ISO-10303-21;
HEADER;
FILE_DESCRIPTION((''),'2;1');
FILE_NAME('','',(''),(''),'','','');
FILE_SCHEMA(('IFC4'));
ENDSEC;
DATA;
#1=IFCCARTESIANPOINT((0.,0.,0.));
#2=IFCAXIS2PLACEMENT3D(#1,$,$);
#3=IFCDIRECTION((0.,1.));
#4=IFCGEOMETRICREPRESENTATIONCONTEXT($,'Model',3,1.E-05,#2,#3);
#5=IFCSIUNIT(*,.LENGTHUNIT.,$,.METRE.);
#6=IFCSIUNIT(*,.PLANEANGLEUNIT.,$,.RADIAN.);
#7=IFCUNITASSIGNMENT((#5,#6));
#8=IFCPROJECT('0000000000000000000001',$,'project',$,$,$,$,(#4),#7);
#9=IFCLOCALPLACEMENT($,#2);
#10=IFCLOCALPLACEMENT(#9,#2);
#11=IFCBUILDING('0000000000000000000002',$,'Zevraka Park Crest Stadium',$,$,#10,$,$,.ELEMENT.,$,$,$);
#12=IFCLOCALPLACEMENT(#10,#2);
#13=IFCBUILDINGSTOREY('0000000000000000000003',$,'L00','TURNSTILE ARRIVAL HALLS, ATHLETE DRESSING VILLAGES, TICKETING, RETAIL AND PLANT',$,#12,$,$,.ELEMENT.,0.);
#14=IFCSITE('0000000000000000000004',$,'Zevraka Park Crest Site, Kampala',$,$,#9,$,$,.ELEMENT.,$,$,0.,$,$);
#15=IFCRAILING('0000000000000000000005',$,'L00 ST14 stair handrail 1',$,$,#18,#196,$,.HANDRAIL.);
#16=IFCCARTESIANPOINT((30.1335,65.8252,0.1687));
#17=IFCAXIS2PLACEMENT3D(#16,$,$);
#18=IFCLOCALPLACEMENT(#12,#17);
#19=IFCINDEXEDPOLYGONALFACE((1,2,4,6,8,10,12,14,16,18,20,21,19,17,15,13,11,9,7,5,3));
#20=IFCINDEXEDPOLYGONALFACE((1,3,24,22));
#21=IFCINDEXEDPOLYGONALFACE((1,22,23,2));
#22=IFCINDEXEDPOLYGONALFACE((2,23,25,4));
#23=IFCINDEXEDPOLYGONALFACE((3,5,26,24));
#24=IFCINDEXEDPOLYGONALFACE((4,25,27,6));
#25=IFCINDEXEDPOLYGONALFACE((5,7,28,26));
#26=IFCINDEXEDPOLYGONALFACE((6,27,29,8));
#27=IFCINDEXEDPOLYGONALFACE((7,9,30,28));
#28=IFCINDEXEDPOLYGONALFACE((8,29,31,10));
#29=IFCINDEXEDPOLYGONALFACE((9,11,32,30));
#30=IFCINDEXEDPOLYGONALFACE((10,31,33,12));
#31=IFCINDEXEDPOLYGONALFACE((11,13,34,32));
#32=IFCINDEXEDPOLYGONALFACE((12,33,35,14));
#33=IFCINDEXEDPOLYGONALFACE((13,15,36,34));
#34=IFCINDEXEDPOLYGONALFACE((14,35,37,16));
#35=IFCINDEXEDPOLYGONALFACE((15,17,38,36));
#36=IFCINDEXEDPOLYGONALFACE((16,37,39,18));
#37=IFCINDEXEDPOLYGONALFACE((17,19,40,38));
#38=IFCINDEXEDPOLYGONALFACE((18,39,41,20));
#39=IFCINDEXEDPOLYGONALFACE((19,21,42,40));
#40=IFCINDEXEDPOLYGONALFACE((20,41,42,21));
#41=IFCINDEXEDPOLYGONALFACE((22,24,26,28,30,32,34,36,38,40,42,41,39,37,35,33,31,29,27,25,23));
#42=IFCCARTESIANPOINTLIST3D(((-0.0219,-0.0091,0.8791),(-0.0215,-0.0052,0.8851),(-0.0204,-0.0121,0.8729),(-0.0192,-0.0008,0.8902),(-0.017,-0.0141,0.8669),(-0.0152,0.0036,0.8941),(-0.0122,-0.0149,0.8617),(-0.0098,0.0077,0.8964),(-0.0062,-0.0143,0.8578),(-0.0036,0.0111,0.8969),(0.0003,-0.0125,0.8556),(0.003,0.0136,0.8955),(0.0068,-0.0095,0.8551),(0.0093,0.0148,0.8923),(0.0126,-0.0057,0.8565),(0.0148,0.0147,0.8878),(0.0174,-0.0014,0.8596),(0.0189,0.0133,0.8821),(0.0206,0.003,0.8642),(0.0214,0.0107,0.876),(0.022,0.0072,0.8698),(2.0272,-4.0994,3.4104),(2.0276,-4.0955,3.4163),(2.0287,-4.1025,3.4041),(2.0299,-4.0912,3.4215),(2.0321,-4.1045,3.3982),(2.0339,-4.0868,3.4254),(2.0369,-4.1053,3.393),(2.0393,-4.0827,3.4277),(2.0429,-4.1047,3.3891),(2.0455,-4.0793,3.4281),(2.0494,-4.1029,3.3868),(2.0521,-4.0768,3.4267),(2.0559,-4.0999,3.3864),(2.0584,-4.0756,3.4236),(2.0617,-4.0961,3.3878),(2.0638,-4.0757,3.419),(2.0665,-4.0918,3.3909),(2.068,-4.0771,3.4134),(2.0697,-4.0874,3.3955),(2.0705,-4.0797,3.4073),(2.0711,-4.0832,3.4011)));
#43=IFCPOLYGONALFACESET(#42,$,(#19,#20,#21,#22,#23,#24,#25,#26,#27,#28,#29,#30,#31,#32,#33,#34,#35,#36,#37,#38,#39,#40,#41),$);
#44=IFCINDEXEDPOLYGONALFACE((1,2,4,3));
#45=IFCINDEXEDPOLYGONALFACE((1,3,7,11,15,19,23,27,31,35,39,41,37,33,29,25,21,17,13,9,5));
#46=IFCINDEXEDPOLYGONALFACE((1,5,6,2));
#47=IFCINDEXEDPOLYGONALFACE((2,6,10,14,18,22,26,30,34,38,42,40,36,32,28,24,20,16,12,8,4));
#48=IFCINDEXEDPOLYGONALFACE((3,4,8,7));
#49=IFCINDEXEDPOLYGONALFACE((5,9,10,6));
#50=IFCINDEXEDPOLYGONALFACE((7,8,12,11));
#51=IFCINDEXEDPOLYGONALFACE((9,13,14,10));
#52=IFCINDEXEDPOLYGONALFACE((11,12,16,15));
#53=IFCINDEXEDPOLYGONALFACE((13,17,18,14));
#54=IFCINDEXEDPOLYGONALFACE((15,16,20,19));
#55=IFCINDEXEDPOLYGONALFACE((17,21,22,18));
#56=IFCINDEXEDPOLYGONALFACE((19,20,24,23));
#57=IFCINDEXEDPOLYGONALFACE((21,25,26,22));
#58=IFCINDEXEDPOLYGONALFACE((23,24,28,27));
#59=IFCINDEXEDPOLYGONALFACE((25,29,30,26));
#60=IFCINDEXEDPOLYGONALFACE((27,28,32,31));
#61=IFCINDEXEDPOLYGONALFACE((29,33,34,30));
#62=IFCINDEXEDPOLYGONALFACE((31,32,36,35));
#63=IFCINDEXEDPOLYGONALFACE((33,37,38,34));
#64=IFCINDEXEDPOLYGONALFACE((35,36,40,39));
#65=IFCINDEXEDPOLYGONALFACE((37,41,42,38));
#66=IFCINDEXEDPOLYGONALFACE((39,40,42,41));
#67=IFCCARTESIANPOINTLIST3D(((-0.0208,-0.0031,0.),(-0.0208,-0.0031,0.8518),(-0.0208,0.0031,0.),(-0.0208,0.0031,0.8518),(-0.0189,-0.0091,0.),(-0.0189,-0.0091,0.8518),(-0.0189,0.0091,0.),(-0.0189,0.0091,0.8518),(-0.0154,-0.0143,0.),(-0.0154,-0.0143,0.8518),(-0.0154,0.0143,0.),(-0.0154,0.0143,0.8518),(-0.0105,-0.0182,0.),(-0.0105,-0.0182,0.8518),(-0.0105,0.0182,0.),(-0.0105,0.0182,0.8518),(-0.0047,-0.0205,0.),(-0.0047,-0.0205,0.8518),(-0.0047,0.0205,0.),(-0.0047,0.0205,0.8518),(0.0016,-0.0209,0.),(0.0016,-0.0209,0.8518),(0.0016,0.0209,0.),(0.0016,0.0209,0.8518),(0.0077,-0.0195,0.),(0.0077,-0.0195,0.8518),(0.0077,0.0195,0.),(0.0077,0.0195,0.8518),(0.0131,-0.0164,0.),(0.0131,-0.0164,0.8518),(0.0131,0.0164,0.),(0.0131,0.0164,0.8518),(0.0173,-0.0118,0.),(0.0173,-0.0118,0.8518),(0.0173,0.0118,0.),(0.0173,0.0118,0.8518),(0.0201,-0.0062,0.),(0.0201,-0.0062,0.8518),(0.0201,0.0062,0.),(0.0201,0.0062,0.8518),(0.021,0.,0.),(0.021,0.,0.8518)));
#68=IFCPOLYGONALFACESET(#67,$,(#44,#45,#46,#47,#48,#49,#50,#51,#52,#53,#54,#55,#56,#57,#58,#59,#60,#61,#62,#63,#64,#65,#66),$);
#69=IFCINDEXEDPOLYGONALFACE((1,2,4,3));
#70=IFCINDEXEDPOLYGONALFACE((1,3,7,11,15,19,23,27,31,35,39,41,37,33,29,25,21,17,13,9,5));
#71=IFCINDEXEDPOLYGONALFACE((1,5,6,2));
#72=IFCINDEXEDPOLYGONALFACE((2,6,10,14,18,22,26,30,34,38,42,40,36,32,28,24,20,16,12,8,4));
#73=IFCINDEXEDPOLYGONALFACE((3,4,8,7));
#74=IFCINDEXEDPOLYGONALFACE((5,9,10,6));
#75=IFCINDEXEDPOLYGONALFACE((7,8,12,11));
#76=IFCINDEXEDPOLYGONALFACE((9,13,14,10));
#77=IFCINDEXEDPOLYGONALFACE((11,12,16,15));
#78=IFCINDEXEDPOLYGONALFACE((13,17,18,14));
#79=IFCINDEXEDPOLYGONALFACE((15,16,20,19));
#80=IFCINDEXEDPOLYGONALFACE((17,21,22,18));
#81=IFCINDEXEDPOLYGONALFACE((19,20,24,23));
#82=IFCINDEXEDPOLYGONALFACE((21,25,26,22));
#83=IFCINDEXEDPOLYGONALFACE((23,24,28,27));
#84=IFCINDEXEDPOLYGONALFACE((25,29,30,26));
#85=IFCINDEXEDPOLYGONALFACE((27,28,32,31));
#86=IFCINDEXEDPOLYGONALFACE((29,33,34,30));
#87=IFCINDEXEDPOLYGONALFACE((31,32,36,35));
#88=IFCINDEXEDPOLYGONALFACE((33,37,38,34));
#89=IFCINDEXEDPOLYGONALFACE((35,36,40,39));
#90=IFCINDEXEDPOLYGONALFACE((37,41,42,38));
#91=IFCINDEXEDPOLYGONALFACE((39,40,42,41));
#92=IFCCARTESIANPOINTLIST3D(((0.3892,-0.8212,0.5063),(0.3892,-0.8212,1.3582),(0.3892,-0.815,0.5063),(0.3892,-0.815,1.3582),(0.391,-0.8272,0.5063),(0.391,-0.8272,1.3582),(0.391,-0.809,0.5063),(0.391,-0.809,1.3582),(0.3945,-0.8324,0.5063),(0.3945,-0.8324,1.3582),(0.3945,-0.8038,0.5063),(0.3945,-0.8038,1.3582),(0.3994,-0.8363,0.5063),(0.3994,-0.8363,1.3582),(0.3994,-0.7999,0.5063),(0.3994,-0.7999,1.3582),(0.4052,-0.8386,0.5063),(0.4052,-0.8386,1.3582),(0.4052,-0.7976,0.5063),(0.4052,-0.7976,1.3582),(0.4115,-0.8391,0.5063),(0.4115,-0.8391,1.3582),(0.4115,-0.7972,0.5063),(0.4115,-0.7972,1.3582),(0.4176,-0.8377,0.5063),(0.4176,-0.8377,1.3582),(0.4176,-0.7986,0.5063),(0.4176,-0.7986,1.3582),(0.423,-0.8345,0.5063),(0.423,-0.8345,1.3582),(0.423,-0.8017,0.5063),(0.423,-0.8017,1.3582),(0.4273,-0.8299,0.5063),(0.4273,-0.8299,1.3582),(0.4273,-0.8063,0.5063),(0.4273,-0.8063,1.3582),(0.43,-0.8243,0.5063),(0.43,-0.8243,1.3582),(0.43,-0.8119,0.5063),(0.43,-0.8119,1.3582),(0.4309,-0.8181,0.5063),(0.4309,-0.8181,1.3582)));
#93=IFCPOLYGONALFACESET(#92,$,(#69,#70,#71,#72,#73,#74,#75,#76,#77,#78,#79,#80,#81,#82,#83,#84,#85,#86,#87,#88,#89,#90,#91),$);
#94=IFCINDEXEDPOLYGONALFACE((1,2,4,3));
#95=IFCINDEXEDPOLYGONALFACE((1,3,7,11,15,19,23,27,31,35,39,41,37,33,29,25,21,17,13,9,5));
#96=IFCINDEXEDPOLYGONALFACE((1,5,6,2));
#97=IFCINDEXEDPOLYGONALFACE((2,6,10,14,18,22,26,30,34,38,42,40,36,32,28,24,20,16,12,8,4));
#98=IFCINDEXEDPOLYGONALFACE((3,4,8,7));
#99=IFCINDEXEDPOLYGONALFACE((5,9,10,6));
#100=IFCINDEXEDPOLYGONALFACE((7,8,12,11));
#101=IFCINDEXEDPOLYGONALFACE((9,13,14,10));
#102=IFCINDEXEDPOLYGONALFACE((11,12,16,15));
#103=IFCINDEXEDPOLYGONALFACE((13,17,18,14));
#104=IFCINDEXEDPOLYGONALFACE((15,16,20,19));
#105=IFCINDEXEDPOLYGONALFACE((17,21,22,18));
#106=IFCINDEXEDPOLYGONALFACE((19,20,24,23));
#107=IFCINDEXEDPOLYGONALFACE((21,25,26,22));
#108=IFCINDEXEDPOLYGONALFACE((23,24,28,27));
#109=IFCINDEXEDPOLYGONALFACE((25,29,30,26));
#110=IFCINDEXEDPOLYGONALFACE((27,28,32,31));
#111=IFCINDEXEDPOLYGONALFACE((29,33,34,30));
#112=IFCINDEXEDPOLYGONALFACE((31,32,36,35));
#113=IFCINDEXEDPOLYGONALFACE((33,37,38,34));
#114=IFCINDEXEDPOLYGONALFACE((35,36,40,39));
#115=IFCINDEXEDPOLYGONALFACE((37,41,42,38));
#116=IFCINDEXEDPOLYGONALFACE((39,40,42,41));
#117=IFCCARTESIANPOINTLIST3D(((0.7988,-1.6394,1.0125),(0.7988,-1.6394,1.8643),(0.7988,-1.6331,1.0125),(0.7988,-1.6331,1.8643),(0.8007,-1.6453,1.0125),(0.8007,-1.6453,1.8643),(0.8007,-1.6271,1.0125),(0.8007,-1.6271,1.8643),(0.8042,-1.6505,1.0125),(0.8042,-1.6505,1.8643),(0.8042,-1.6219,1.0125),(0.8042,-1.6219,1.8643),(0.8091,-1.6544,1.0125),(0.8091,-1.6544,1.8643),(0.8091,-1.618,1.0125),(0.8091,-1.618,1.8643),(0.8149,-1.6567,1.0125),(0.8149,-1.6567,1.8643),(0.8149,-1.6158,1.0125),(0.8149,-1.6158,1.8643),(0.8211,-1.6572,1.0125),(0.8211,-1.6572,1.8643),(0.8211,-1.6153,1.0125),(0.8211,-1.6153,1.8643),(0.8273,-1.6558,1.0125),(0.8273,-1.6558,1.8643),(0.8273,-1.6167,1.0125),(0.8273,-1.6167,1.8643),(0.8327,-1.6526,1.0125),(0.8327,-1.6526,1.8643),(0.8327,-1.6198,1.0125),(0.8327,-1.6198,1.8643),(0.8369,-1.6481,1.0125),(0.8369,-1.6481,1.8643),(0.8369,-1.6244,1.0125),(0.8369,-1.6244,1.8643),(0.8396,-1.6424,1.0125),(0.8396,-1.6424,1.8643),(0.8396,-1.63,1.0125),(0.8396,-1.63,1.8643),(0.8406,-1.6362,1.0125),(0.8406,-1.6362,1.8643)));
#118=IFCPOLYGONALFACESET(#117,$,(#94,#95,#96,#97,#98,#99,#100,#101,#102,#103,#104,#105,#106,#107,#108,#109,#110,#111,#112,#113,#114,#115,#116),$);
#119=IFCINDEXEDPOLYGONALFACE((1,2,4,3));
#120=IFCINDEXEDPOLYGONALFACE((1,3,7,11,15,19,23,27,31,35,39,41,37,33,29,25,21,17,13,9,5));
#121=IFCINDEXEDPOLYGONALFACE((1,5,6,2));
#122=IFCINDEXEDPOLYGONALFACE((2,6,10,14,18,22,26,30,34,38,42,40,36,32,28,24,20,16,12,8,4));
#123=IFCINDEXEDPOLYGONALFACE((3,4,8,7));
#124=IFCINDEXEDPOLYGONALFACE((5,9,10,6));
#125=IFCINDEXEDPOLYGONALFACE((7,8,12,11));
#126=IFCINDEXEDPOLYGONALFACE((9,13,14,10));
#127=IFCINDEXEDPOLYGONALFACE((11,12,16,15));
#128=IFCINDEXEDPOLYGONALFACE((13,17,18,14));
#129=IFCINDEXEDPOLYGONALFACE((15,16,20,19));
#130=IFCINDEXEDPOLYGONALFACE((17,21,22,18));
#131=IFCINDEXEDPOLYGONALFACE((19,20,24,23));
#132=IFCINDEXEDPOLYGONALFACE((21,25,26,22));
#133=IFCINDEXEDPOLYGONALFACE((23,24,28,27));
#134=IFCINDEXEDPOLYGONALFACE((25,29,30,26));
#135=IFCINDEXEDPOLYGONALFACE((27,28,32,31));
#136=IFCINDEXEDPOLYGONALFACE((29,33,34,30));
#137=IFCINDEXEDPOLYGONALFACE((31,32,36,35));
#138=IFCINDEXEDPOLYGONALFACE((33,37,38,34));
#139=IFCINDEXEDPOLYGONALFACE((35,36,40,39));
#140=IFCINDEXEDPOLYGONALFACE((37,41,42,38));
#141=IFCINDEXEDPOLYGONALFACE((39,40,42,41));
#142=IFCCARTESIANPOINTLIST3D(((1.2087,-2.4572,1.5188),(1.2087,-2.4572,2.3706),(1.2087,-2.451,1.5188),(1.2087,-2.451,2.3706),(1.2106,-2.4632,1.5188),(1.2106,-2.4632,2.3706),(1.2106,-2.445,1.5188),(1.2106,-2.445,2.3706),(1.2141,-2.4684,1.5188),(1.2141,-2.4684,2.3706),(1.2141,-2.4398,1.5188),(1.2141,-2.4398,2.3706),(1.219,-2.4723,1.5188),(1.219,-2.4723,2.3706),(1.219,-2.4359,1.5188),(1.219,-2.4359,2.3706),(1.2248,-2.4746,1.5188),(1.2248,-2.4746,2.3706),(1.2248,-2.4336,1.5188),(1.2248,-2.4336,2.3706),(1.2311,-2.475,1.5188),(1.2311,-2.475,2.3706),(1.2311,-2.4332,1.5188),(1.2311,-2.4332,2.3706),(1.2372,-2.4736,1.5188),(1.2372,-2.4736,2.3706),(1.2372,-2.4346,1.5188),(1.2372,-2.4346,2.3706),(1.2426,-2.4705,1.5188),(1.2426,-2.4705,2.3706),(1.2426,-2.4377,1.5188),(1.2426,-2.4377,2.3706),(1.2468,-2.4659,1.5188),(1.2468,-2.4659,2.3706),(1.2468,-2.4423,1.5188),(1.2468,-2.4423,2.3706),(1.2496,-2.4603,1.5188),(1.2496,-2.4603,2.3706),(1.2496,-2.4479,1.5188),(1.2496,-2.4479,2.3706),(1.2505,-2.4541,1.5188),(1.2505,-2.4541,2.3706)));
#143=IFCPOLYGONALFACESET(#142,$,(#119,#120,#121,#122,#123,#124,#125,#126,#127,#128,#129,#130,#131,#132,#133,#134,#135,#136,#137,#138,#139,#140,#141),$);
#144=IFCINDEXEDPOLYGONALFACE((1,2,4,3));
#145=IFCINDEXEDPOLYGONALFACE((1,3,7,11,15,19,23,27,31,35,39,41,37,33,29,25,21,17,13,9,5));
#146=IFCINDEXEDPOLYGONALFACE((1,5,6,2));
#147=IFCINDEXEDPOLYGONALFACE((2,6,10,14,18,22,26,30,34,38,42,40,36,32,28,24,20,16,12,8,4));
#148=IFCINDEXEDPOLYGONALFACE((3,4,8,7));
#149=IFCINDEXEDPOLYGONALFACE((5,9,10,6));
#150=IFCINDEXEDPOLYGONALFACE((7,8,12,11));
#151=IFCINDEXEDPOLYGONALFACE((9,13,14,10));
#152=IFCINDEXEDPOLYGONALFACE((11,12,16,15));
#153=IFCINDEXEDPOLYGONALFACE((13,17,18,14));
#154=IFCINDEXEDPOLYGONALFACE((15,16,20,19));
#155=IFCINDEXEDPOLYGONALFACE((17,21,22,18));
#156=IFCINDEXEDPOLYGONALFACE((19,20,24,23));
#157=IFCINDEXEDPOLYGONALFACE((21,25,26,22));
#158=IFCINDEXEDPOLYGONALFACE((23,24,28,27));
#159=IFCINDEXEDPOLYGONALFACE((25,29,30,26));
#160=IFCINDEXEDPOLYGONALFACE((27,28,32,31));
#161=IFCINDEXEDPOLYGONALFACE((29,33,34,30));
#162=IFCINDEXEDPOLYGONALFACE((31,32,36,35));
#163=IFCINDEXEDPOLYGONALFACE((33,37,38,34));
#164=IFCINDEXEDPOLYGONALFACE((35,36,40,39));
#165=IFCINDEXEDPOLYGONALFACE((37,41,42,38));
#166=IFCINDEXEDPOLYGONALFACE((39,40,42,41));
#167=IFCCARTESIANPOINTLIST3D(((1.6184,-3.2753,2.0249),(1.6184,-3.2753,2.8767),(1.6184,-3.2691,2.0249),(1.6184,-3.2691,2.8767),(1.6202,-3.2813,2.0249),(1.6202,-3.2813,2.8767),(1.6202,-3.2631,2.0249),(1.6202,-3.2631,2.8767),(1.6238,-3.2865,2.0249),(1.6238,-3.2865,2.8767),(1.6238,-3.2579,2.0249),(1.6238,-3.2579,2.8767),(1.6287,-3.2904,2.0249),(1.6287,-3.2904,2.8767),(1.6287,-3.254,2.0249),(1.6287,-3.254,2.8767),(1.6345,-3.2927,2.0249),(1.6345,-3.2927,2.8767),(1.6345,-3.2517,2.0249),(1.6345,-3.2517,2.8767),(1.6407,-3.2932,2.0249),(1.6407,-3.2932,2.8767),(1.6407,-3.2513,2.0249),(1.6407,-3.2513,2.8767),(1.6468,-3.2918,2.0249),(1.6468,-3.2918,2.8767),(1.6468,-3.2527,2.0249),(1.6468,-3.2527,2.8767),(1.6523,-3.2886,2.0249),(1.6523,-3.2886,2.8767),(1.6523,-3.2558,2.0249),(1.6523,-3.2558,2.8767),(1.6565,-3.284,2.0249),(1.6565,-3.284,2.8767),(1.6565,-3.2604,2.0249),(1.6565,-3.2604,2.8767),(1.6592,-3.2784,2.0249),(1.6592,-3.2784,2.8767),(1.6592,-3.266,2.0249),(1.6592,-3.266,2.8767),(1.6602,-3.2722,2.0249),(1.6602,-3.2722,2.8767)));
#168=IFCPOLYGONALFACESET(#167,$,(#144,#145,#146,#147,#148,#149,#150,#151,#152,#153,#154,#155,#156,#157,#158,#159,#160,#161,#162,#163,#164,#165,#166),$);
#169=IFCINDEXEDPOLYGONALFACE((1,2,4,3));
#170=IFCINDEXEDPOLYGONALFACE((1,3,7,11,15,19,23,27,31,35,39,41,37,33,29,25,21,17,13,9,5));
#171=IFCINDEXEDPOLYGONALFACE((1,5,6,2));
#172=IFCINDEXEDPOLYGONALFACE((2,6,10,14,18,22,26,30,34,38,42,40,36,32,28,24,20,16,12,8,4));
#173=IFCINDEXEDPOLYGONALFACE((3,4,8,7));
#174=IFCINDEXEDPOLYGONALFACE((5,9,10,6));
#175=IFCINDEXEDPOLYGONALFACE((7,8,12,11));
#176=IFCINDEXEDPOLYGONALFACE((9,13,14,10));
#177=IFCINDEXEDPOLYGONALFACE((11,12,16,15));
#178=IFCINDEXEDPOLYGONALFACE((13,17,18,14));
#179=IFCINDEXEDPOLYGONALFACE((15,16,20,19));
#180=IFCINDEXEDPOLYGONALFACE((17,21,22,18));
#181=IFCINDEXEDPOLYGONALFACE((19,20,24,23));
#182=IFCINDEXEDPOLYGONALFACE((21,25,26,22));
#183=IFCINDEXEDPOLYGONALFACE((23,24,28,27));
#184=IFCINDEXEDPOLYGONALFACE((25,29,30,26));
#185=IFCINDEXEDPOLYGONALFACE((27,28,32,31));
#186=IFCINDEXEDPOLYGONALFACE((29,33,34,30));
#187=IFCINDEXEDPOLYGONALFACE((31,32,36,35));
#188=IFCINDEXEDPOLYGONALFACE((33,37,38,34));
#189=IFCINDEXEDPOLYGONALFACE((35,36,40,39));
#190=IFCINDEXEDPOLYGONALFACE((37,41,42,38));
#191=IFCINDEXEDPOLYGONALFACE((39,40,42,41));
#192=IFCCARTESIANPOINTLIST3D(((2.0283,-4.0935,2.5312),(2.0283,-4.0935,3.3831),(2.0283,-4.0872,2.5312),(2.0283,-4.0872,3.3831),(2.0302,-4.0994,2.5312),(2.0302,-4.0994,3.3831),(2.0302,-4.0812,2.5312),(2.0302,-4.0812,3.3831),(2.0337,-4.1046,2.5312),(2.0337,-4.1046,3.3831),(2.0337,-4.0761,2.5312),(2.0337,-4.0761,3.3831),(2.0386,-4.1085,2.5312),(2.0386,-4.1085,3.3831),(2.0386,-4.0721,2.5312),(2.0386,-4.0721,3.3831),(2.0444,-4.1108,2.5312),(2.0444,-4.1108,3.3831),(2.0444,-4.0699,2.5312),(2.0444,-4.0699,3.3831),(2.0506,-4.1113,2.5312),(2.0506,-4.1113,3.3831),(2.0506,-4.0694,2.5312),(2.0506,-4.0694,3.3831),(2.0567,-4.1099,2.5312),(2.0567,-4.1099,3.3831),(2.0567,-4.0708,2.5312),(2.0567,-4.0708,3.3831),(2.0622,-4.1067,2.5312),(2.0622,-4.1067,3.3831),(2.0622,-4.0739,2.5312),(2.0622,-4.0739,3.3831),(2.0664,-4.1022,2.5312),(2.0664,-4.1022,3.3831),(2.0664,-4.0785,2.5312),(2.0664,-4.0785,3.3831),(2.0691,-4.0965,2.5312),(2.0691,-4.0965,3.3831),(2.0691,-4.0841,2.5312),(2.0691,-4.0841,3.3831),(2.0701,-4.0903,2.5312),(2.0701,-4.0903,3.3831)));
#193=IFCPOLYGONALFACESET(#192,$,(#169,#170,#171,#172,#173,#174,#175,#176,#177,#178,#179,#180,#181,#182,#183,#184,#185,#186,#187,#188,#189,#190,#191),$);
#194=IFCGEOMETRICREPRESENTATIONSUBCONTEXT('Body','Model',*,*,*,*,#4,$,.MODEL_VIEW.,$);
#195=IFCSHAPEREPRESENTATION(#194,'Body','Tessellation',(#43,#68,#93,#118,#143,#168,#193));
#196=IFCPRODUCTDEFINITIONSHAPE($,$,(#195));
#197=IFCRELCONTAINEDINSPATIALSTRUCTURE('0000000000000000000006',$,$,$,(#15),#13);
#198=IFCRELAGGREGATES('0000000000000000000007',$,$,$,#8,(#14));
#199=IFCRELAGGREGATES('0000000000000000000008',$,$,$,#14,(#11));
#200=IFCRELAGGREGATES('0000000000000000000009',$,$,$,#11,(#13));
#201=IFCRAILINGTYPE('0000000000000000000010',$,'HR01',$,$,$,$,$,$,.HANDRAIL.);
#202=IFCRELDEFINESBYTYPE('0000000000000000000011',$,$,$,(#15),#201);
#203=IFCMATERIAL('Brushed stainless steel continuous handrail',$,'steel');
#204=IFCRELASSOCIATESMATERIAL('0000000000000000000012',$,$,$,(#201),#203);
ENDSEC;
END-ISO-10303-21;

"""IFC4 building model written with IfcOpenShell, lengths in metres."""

from ifc_helpers import new_model, si_unit, direction, frame, origin, origin_2d, place, context, subcontext, project, spatial, circle, extrude, material, type_object, element, save


model = new_model("IFC4")

# Units and contexts
model_context = context("Model", 3, precision=1e-05, world=origin(), true_north=direction((0.0, 1.0)))
body_context = subcontext(model_context, "Body", "Model", "MODEL_VIEW")
ifc_project = project(units=[si_unit("LENGTHUNIT", "METRE"), si_unit("PLANEANGLEUNIT", "RADIAN")], contexts=[model_context])

# Site, building, storey
site_placement = place(None, origin())
site = spatial("IfcSite", under=ifc_project, at=site_placement, Name="Zevraka Park Crest Site, Kampala", CompositionType="ELEMENT", RefElevation=0.0)
building_placement = place(site_placement, origin())
building = spatial("IfcBuilding", under=site, at=building_placement, Name="Zevraka Park Crest Stadium", CompositionType="ELEMENT")
storey_placement = place(building_placement, origin())
storey = spatial("IfcBuildingStorey", under=building, at=storey_placement, Name="L00", Description="TURNSTILE ARRIVAL HALLS, ATHLETE DRESSING VILLAGES, TICKETING, RETAIL AND PLANT", CompositionType="ELEMENT", Elevation=0.0)

# Railing
ifc_material_1 = material(Name="Brushed stainless steel continuous handrail", Category="steel")
railing_type_1 = type_object("IfcRailingType", Name="HR01", PredefinedType="HANDRAIL", material=ifc_material_1)
railing_1_placement = place(storey_placement, frame((30.1335, 65.8252, 0.1687)))
element("IfcRailing", 1, at=railing_1_placement, inside=storey, type_object=railing_type_1, Name="L00 ST14 stair handrail 1", PredefinedType="HANDRAIL", context=body_context, shape_type="SweptSolid", body=[
    extrude(circle(Radius=0.0239, at=origin_2d()), frame((0.0, 0.0, 0.876), z_axis=(0.391908, -0.782321, 0.48413), x_axis=(0.894085, 0.447897, 0.0)), (0.0, 0.0, 1.0), 5.2285),
    extrude(circle(Radius=0.021, at=origin_2d()), origin(), (0.0, 0.0, 1.0), 0.8518),
    extrude(circle(Radius=0.021, at=origin_2d()), frame((0.4099, -0.8181, 0.5063)), (0.0, 0.0, 1.0), 0.8518),
    extrude(circle(Radius=0.021, at=origin_2d()), frame((0.8196, -1.6362, 1.0125)), (0.0, 0.0, 1.0), 0.8518),
    extrude(circle(Radius=0.021, at=origin_2d()), frame((1.2295, -2.4541, 1.5188)), (0.0, 0.0, 1.0), 0.8518),
    extrude(circle(Radius=0.021, at=origin_2d()), frame((1.6392, -3.2722, 2.0249)), (0.0, 0.0, 1.0), 0.8518),
    extrude(circle(Radius=0.021, at=origin_2d()), frame((2.0491, -4.0903, 2.5312)), (0.0, 0.0, 1.0), 0.8518),
])

save(model, "model.ifc")
